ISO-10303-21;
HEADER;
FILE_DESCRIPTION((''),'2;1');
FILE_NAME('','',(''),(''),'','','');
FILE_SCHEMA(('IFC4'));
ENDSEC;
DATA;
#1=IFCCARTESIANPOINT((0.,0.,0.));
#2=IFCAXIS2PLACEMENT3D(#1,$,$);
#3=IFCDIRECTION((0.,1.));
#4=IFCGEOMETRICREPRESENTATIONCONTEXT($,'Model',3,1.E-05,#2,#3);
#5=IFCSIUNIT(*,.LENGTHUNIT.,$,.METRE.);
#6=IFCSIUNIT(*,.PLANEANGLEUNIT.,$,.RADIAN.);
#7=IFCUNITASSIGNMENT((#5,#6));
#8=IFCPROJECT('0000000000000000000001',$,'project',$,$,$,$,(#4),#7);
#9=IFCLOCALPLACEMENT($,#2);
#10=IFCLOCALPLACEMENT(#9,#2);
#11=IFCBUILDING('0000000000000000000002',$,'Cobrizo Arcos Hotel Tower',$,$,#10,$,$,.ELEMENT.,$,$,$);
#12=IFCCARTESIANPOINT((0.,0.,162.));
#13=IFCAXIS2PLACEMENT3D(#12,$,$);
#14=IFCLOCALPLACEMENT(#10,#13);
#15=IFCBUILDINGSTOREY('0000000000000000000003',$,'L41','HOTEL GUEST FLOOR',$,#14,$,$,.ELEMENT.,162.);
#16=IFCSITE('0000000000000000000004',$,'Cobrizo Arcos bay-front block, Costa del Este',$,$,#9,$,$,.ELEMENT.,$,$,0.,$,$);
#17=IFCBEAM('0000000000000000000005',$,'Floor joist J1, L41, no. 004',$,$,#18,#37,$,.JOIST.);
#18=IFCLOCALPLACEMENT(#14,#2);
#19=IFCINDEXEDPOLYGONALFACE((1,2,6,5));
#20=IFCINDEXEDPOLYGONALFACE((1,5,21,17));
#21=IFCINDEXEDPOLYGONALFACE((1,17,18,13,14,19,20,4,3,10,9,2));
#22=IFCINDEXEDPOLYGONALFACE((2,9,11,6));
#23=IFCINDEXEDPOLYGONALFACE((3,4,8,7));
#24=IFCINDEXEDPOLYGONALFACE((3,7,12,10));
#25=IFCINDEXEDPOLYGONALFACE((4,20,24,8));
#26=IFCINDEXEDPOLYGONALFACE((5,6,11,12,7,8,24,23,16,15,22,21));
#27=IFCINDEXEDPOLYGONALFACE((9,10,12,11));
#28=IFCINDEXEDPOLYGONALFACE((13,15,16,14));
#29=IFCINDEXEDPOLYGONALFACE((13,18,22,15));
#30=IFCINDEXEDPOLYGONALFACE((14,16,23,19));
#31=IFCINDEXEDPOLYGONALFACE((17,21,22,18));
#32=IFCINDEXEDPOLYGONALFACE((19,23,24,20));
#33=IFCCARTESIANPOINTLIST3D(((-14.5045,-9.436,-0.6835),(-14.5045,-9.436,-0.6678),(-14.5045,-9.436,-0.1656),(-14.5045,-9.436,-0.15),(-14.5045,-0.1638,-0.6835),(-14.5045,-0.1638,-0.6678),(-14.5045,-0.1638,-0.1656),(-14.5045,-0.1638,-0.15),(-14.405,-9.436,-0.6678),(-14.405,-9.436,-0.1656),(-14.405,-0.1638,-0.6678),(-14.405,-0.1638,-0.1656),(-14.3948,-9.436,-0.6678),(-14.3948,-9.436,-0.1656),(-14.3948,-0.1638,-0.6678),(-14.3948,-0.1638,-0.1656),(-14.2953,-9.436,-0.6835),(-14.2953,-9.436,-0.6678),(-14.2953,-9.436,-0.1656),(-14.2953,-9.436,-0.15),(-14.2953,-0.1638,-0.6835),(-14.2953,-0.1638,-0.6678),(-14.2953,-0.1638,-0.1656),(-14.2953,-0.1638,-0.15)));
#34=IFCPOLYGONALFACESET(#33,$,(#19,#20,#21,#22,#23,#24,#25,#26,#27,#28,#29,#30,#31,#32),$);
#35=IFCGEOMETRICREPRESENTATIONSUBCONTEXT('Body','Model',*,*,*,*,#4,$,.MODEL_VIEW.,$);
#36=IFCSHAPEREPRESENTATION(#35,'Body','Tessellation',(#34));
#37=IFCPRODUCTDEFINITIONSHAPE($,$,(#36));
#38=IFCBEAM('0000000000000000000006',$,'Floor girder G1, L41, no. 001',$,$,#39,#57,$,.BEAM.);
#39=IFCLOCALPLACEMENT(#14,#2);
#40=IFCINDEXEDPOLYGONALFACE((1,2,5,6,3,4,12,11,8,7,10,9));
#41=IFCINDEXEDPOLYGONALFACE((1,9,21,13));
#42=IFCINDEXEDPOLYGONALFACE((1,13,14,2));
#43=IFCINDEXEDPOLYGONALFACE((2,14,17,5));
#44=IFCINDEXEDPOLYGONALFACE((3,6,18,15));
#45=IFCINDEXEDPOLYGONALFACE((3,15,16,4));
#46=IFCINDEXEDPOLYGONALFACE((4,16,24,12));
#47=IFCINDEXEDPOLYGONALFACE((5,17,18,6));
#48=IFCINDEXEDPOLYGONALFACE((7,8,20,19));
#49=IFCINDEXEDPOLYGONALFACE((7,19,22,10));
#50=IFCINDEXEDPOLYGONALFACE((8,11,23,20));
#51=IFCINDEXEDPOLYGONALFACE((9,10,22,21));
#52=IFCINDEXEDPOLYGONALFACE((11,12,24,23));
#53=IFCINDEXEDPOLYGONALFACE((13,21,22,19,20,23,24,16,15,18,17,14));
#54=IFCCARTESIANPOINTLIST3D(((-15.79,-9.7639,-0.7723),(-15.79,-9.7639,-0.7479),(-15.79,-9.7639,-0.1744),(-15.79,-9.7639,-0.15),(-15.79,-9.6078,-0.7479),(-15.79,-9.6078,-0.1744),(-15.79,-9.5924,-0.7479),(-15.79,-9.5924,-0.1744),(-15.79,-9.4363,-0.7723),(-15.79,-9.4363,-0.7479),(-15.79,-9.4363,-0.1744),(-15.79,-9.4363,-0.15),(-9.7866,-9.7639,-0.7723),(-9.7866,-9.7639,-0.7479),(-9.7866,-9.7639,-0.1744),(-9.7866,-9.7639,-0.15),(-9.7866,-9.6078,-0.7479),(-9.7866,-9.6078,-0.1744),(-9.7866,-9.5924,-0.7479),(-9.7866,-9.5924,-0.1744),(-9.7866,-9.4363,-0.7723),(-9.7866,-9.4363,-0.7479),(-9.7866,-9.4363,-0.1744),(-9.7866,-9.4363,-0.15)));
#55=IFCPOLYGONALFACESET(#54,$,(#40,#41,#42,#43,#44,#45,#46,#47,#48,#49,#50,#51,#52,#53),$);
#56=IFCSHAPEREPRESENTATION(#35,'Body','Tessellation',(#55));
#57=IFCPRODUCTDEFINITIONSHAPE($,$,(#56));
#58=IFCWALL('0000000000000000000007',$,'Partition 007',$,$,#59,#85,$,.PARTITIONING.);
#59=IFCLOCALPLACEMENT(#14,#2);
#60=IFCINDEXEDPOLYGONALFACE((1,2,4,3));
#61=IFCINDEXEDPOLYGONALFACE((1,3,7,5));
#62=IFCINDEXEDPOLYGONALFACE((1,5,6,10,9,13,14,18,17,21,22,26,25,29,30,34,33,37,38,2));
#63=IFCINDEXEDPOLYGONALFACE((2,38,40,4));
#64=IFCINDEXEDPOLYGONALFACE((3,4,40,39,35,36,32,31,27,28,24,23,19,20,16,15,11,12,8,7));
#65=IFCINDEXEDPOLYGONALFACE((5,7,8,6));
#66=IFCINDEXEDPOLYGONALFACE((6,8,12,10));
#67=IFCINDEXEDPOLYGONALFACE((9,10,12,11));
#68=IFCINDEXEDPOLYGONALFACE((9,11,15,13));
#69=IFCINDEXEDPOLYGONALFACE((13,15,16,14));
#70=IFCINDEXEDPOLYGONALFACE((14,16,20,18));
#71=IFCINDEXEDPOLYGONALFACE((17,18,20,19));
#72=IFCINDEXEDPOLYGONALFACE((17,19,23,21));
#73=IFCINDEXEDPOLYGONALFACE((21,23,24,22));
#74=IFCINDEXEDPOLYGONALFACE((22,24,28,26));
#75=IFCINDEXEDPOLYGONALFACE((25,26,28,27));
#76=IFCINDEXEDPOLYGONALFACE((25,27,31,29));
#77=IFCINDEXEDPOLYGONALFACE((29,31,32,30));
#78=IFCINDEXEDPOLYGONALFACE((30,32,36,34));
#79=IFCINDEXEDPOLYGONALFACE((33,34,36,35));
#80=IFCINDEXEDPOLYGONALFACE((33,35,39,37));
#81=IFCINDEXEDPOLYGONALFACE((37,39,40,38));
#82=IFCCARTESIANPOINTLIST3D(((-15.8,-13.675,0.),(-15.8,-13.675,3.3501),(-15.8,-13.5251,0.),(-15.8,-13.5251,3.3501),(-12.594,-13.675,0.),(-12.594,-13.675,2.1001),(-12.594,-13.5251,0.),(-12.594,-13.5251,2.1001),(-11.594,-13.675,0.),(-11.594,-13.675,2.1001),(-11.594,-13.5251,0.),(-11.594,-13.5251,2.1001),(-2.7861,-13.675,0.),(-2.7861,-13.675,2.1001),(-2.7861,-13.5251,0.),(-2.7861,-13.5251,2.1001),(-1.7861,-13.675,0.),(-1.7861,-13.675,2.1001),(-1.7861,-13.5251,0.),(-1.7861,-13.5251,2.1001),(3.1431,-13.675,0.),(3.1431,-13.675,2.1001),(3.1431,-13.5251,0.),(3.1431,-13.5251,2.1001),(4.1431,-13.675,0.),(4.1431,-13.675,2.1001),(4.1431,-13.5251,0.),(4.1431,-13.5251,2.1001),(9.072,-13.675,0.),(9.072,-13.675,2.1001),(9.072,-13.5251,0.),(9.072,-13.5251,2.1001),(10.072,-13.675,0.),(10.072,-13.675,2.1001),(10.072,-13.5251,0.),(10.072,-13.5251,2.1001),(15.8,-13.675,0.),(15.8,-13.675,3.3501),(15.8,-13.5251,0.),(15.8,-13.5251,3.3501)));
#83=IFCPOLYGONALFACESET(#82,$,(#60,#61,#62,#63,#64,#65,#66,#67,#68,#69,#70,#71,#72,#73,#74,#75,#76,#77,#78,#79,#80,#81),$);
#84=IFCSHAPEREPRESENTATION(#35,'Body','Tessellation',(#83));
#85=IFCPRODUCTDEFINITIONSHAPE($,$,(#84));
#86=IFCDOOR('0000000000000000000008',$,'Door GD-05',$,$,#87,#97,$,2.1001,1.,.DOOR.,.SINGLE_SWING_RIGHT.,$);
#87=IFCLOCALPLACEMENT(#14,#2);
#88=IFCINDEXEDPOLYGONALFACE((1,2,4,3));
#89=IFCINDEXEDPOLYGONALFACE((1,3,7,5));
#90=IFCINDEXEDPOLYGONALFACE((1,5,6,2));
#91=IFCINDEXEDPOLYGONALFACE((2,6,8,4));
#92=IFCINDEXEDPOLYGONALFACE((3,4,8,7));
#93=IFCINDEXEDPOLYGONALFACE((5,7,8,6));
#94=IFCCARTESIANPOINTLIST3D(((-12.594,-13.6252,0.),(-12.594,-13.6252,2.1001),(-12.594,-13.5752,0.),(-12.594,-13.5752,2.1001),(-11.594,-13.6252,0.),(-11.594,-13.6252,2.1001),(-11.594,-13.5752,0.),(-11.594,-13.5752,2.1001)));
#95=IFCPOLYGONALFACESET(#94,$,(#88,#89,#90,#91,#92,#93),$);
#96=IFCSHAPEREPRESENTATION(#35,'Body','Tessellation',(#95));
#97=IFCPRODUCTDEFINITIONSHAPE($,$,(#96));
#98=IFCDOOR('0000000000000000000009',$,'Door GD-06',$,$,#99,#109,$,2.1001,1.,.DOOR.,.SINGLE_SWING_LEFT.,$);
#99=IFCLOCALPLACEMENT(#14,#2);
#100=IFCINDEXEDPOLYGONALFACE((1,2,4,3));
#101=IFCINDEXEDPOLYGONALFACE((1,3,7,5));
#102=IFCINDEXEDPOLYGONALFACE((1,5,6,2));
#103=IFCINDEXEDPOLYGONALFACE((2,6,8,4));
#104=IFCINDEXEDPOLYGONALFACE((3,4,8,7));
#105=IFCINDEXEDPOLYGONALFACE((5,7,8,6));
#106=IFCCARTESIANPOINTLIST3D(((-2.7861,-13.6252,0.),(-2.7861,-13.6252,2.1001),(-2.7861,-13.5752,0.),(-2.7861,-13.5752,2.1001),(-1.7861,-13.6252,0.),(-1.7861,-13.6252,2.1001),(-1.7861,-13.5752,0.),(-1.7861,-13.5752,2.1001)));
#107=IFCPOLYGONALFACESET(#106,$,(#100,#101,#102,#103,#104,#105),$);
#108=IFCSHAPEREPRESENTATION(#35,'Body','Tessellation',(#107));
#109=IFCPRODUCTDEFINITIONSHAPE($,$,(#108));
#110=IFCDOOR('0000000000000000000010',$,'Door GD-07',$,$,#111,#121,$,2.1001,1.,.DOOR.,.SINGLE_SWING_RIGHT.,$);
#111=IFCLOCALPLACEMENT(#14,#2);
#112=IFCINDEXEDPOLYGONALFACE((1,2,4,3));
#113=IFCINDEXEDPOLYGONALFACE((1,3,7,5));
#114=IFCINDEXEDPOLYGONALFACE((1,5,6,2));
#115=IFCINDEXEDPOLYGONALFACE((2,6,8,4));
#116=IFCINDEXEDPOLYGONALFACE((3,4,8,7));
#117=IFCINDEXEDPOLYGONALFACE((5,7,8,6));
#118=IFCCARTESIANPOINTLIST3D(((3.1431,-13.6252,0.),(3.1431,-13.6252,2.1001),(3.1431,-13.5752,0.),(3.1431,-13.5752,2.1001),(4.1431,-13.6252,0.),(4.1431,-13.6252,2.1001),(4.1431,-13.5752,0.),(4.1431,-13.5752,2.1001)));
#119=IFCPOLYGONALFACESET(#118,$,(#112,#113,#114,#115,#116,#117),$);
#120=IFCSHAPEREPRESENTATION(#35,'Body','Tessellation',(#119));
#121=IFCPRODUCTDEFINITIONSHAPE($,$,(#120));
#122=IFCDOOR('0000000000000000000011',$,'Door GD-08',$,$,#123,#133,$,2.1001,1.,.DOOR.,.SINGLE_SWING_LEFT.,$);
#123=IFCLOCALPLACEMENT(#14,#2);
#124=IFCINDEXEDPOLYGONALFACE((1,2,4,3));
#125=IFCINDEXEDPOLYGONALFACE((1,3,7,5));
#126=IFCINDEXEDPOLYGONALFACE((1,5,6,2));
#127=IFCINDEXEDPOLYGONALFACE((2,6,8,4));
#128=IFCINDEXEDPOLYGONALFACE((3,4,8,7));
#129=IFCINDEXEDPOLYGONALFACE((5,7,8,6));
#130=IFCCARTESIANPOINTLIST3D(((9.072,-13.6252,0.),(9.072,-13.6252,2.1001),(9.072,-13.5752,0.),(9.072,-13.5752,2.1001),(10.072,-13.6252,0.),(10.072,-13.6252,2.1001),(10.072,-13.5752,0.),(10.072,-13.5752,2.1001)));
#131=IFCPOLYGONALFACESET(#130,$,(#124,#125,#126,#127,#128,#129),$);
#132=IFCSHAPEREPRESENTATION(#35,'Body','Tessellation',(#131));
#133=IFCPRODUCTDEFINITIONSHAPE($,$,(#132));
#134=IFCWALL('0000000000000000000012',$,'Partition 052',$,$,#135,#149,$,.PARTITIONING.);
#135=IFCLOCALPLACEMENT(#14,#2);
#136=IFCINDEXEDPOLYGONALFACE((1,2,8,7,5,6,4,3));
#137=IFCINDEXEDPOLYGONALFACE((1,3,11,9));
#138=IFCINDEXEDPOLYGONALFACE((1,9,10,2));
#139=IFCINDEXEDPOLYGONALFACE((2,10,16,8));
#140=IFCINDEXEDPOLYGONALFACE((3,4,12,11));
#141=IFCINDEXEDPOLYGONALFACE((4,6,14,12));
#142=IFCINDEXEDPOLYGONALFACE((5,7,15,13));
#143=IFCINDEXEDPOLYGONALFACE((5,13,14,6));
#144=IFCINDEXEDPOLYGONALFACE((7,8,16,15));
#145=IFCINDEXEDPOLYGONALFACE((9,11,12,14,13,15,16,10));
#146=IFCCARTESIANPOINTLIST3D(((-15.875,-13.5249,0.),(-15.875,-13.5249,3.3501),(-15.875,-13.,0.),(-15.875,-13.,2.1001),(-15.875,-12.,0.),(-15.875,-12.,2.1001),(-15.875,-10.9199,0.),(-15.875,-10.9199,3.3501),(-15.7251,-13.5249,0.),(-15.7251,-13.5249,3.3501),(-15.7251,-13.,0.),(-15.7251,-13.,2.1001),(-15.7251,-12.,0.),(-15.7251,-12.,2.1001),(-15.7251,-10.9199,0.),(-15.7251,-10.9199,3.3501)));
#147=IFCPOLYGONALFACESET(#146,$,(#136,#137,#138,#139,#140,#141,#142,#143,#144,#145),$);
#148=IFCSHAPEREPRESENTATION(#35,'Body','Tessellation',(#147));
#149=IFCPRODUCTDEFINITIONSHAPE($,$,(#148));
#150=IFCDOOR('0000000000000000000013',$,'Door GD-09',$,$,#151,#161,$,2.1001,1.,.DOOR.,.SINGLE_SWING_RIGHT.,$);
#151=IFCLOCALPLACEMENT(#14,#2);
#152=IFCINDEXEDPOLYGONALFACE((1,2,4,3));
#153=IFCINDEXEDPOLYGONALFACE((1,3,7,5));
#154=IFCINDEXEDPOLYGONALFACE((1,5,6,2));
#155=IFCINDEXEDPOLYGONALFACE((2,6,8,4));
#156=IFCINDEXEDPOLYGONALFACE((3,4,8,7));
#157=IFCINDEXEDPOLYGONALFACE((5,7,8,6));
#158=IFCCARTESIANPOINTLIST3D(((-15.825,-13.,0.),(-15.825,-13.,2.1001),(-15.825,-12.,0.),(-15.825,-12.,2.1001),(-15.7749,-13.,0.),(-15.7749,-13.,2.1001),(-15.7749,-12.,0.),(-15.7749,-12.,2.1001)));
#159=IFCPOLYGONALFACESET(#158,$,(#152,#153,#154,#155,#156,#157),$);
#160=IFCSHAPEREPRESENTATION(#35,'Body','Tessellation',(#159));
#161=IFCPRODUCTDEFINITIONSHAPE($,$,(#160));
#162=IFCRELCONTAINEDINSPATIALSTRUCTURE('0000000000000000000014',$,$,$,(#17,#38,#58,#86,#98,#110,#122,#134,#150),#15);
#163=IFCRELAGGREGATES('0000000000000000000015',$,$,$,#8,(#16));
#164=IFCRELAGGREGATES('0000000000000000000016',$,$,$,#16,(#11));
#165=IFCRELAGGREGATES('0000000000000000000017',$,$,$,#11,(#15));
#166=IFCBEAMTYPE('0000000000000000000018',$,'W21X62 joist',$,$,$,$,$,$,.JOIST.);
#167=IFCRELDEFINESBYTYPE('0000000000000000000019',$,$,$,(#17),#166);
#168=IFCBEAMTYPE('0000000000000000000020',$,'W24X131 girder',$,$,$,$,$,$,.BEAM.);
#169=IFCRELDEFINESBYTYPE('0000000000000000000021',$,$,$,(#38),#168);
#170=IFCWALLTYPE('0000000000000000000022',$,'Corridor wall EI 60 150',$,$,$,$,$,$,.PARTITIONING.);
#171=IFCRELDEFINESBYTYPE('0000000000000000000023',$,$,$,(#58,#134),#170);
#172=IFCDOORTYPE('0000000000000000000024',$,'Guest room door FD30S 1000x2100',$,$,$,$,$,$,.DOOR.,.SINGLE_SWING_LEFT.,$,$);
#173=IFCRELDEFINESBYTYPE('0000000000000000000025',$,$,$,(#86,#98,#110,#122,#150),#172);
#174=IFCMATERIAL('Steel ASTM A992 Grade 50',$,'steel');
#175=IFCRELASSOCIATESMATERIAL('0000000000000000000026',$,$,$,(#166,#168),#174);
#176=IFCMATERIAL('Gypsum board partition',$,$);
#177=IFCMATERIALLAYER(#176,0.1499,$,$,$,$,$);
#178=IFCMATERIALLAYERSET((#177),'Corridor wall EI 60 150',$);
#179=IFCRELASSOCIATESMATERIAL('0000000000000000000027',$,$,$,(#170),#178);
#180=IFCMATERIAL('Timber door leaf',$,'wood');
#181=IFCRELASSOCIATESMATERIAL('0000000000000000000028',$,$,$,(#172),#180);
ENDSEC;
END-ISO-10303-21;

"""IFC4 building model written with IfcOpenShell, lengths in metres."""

from ifc_helpers import new_model, si_unit, direction, frame, frame_2d, origin, origin_2d, place, context, subcontext, project, spatial, rectangle, i_section, extrude, material, layer, layer_set, material_profile, profile_set, type_object, element, fill, save


model = new_model("IFC4")

# Units and contexts
model_context = context("Model", 3, precision=1e-05, world=origin(), true_north=direction((0.0, 1.0)))
body_context = subcontext(model_context, "Body", "Model", "MODEL_VIEW")
ifc_project = project(units=[si_unit("LENGTHUNIT", "METRE"), si_unit("PLANEANGLEUNIT", "RADIAN")], contexts=[model_context])

# Site, building, storey
site_placement = place(None, origin())
site = spatial("IfcSite", under=ifc_project, at=site_placement, Name="Cobrizo Arcos bay-front block, Costa del Este", CompositionType="ELEMENT", RefElevation=0.0)
building_placement = place(site_placement, origin())
building = spatial("IfcBuilding", under=site, at=building_placement, Name="Cobrizo Arcos Hotel Tower", CompositionType="ELEMENT")
storey_placement = place(building_placement, frame((0.0, 0.0, 162.0)))
storey = spatial("IfcBuildingStorey", under=building, at=storey_placement, Name="L41", Description="HOTEL GUEST FLOOR", CompositionType="ELEMENT", Elevation=162.0)

# Beams
ifc_material_1 = material(Name="Steel ASTM A992 Grade 50", Category="steel")
ifc_material_profile_1 = material_profile(ifc_material_1, i_section(OverallWidth=0.2092, OverallDepth=0.5334, WebThickness=0.0103, FlangeThickness=0.0156, at=origin_2d()), Name="W21X62")
ifc_profile_set_1 = profile_set([ifc_material_profile_1], Name="Steel ASTM A992 Grade 50")
beam_type_1 = type_object("IfcBeamType", Name="W21X62 joist", PredefinedType="JOIST", material=ifc_profile_set_1)
beam_1_placement = place(storey_placement, frame((-14.3999, -9.436, -0.4167), z_axis=(0.0, 1.0, 0.0), x_axis=(-1.0, 0.0, 0.0)))
element("IfcBeam", 1, at=beam_1_placement, inside=storey, type_object=beam_type_1, Name="Floor joist J1, L41, no. 004", PredefinedType="JOIST", context=body_context, shape_type="SweptSolid", body=[
    extrude(i_section(OverallWidth=0.2092, OverallDepth=0.5334, WebThickness=0.0103, FlangeThickness=0.0156, at=origin_2d()), origin(), (0.0, 0.0, 1.0), 9.2722),
])
ifc_material_profile_2 = material_profile(ifc_material_1, i_section(OverallWidth=0.3276, OverallDepth=0.6223, WebThickness=0.0154, FlangeThickness=0.0244, at=origin_2d()), Name="W24X131")
ifc_profile_set_2 = profile_set([ifc_material_profile_2], Name="Steel ASTM A992 Grade 50")
beam_type_2 = type_object("IfcBeamType", Name="W24X131 girder", PredefinedType="BEAM", material=ifc_profile_set_2)
beam_2_placement = place(storey_placement, frame((-15.79, -9.6001, -0.4612), z_axis=(1.0, 0.0, 0.0), x_axis=(0.0, 1.0, 0.0)))
element("IfcBeam", 2, at=beam_2_placement, inside=storey, type_object=beam_type_2, Name="Floor girder G1, L41, no. 001", PredefinedType="BEAM", context=body_context, shape_type="SweptSolid", body=[
    extrude(i_section(OverallWidth=0.3276, OverallDepth=0.6223, WebThickness=0.0154, FlangeThickness=0.0244, at=origin_2d()), origin(), (0.0, 0.0, 1.0), 6.0034),
])

# Wall, openings, doors
ifc_material_2 = material(Name="Gypsum board partition")
ifc_layer_1 = layer(ifc_material_2, 0.1499)
ifc_layer_set_1 = layer_set([ifc_layer_1], Name="Corridor wall EI 60 150")
wall_type_1 = type_object("IfcWallType", Name="Corridor wall EI 60 150", PredefinedType="PARTITIONING", material=ifc_layer_set_1)
wall_1_placement = place(storey_placement, frame((-15.8, -13.6001, 0.0), z_axis=(0.0, 0.0, 1.0), x_axis=(1.0, 0.0, 0.0)))
wall_1 = element("IfcWall", 3, at=wall_1_placement, inside=storey, type_object=wall_type_1, Name="Partition 007", PredefinedType="PARTITIONING", context=body_context, shape_type="SweptSolid", body=[
    extrude(rectangle(XDim=31.6001, YDim=0.1499, at=frame_2d((15.8, 0.0))), origin(), (0.0, 0.0, 1.0), 3.3501),
])
opening_1_placement = place(wall_1_placement, frame((3.2061, 0.0, 0.0)))
opening_1 = element("IfcOpeningElement", 4, at=opening_1_placement, cuts=wall_1, PredefinedType="OPENING", context=body_context, shape_type="SweptSolid", body=[
    extrude(rectangle(XDim=1.0, YDim=2.1001, at=frame_2d((0.5, 1.05))), frame((0.0, 0.0869, 0.0), z_axis=(0.0, -1.0, 0.0), x_axis=(1.0, 0.0, 0.0)), (0.0, 0.0, 1.0), 0.1738),
])
opening_2_placement = place(wall_1_placement, frame((13.0139, 0.0, 0.0)))
opening_2 = element("IfcOpeningElement", 5, at=opening_2_placement, cuts=wall_1, PredefinedType="OPENING", context=body_context, shape_type="SweptSolid", body=[
    extrude(rectangle(XDim=1.0, YDim=2.1001, at=frame_2d((0.5, 1.05))), frame((0.0, 0.0869, 0.0), z_axis=(0.0, -1.0, 0.0), x_axis=(1.0, 0.0, 0.0)), (0.0, 0.0, 1.0), 0.1738),
])
opening_3_placement = place(wall_1_placement, frame((18.9431, 0.0, 0.0)))
opening_3 = element("IfcOpeningElement", 6, at=opening_3_placement, cuts=wall_1, PredefinedType="OPENING", context=body_context, shape_type="SweptSolid", body=[
    extrude(rectangle(XDim=1.0, YDim=2.1001, at=frame_2d((0.5, 1.05))), frame((0.0, 0.0869, 0.0), z_axis=(0.0, -1.0, 0.0), x_axis=(1.0, 0.0, 0.0)), (0.0, 0.0, 1.0), 0.1738),
])
opening_4_placement = place(wall_1_placement, frame((24.8721, 0.0, 0.0)))
opening_4 = element("IfcOpeningElement", 7, at=opening_4_placement, cuts=wall_1, PredefinedType="OPENING", context=body_context, shape_type="SweptSolid", body=[
    extrude(rectangle(XDim=1.0, YDim=2.1001, at=frame_2d((0.5, 1.05))), frame((0.0, 0.0869, 0.0), z_axis=(0.0, -1.0, 0.0), x_axis=(1.0, 0.0, 0.0)), (0.0, 0.0, 1.0), 0.1738),
])
ifc_material_3 = material(Name="Timber door leaf", Category="wood")
door_type_1 = type_object("IfcDoorType", Name="Guest room door FD30S 1000x2100", OperationType="SINGLE_SWING_LEFT", PredefinedType="DOOR", material=ifc_material_3)
door_1_placement = place(opening_1_placement, origin())
door_1 = element("IfcDoor", 8, at=door_1_placement, inside=storey, type_object=door_type_1, Name="Door GD-05", OperationType="SINGLE_SWING_RIGHT", OverallHeight=2.1001, OverallWidth=1.0, PredefinedType="DOOR", context=body_context, shape_type="SweptSolid", body=[
    extrude(rectangle(XDim=1.0, YDim=2.1001, at=frame_2d((0.5, 1.05))), frame((0.0, 0.0249, 0.0), z_axis=(0.0, -1.0, 0.0), x_axis=(1.0, 0.0, 0.0)), (0.0, 0.0, 1.0), 0.05),
])
fill(opening_1, door_1)
door_2_placement = place(opening_2_placement, origin())
door_2 = element("IfcDoor", 9, at=door_2_placement, inside=storey, type_object=door_type_1, Name="Door GD-06", OperationType="SINGLE_SWING_LEFT", OverallHeight=2.1001, OverallWidth=1.0, PredefinedType="DOOR", context=body_context, shape_type="SweptSolid", body=[
    extrude(rectangle(XDim=1.0, YDim=2.1001, at=frame_2d((0.5, 1.05))), frame((0.0, 0.0249, 0.0), z_axis=(0.0, -1.0, 0.0), x_axis=(1.0, 0.0, 0.0)), (0.0, 0.0, 1.0), 0.05),
])
fill(opening_2, door_2)
door_3_placement = place(opening_3_placement, origin())
door_3 = element("IfcDoor", 10, at=door_3_placement, inside=storey, type_object=door_type_1, Name="Door GD-07", OperationType="SINGLE_SWING_RIGHT", OverallHeight=2.1001, OverallWidth=1.0, PredefinedType="DOOR", context=body_context, shape_type="SweptSolid", body=[
    extrude(rectangle(XDim=1.0, YDim=2.1001, at=frame_2d((0.5, 1.05))), frame((0.0, 0.0249, 0.0), z_axis=(0.0, -1.0, 0.0), x_axis=(1.0, 0.0, 0.0)), (0.0, 0.0, 1.0), 0.05),
])
fill(opening_3, door_3)
door_4_placement = place(opening_4_placement, origin())
door_4 = element("IfcDoor", 11, at=door_4_placement, inside=storey, type_object=door_type_1, Name="Door GD-08", OperationType="SINGLE_SWING_LEFT", OverallHeight=2.1001, OverallWidth=1.0, PredefinedType="DOOR", context=body_context, shape_type="SweptSolid", body=[
    extrude(rectangle(XDim=1.0, YDim=2.1001, at=frame_2d((0.5, 1.05))), frame((0.0, 0.0249, 0.0), z_axis=(0.0, -1.0, 0.0), x_axis=(1.0, 0.0, 0.0)), (0.0, 0.0, 1.0), 0.05),
])
fill(opening_4, door_4)

# Wall, opening, door
wall_2_placement = place(storey_placement, frame((-15.8, -13.5249, 0.0), z_axis=(0.0, 0.0, 1.0), x_axis=(0.0, 1.0, 0.0)))
wall_2 = element("IfcWall", 12, at=wall_2_placement, inside=storey, type_object=wall_type_1, Name="Partition 052", PredefinedType="PARTITIONING", context=body_context, shape_type="SweptSolid", body=[
    extrude(rectangle(XDim=2.605, YDim=0.1499, at=frame_2d((1.3025, 0.0))), origin(), (0.0, 0.0, 1.0), 3.3501),
])
opening_5_placement = place(wall_2_placement, frame((0.5249, 0.0, 0.0)))
opening_5 = element("IfcOpeningElement", 13, at=opening_5_placement, cuts=wall_2, PredefinedType="OPENING", context=body_context, shape_type="SweptSolid", body=[
    extrude(rectangle(XDim=1.0, YDim=2.1001, at=frame_2d((0.5, 1.05))), frame((0.0, 0.0869, 0.0), z_axis=(0.0, -1.0, 0.0), x_axis=(1.0, 0.0, 0.0)), (0.0, 0.0, 1.0), 0.1738),
])
door_5_placement = place(opening_5_placement, origin())
door_5 = element("IfcDoor", 14, at=door_5_placement, inside=storey, type_object=door_type_1, Name="Door GD-09", OperationType="SINGLE_SWING_RIGHT", OverallHeight=2.1001, OverallWidth=1.0, PredefinedType="DOOR", context=body_context, shape_type="SweptSolid", body=[
    extrude(rectangle(XDim=1.0, YDim=2.1001, at=frame_2d((0.5, 1.05))), frame((0.0, 0.0249, 0.0), z_axis=(0.0, -1.0, 0.0), x_axis=(1.0, 0.0, 0.0)), (0.0, 0.0, 1.0), 0.05),
])
fill(opening_5, door_5)

save(model, "model.ifc")
